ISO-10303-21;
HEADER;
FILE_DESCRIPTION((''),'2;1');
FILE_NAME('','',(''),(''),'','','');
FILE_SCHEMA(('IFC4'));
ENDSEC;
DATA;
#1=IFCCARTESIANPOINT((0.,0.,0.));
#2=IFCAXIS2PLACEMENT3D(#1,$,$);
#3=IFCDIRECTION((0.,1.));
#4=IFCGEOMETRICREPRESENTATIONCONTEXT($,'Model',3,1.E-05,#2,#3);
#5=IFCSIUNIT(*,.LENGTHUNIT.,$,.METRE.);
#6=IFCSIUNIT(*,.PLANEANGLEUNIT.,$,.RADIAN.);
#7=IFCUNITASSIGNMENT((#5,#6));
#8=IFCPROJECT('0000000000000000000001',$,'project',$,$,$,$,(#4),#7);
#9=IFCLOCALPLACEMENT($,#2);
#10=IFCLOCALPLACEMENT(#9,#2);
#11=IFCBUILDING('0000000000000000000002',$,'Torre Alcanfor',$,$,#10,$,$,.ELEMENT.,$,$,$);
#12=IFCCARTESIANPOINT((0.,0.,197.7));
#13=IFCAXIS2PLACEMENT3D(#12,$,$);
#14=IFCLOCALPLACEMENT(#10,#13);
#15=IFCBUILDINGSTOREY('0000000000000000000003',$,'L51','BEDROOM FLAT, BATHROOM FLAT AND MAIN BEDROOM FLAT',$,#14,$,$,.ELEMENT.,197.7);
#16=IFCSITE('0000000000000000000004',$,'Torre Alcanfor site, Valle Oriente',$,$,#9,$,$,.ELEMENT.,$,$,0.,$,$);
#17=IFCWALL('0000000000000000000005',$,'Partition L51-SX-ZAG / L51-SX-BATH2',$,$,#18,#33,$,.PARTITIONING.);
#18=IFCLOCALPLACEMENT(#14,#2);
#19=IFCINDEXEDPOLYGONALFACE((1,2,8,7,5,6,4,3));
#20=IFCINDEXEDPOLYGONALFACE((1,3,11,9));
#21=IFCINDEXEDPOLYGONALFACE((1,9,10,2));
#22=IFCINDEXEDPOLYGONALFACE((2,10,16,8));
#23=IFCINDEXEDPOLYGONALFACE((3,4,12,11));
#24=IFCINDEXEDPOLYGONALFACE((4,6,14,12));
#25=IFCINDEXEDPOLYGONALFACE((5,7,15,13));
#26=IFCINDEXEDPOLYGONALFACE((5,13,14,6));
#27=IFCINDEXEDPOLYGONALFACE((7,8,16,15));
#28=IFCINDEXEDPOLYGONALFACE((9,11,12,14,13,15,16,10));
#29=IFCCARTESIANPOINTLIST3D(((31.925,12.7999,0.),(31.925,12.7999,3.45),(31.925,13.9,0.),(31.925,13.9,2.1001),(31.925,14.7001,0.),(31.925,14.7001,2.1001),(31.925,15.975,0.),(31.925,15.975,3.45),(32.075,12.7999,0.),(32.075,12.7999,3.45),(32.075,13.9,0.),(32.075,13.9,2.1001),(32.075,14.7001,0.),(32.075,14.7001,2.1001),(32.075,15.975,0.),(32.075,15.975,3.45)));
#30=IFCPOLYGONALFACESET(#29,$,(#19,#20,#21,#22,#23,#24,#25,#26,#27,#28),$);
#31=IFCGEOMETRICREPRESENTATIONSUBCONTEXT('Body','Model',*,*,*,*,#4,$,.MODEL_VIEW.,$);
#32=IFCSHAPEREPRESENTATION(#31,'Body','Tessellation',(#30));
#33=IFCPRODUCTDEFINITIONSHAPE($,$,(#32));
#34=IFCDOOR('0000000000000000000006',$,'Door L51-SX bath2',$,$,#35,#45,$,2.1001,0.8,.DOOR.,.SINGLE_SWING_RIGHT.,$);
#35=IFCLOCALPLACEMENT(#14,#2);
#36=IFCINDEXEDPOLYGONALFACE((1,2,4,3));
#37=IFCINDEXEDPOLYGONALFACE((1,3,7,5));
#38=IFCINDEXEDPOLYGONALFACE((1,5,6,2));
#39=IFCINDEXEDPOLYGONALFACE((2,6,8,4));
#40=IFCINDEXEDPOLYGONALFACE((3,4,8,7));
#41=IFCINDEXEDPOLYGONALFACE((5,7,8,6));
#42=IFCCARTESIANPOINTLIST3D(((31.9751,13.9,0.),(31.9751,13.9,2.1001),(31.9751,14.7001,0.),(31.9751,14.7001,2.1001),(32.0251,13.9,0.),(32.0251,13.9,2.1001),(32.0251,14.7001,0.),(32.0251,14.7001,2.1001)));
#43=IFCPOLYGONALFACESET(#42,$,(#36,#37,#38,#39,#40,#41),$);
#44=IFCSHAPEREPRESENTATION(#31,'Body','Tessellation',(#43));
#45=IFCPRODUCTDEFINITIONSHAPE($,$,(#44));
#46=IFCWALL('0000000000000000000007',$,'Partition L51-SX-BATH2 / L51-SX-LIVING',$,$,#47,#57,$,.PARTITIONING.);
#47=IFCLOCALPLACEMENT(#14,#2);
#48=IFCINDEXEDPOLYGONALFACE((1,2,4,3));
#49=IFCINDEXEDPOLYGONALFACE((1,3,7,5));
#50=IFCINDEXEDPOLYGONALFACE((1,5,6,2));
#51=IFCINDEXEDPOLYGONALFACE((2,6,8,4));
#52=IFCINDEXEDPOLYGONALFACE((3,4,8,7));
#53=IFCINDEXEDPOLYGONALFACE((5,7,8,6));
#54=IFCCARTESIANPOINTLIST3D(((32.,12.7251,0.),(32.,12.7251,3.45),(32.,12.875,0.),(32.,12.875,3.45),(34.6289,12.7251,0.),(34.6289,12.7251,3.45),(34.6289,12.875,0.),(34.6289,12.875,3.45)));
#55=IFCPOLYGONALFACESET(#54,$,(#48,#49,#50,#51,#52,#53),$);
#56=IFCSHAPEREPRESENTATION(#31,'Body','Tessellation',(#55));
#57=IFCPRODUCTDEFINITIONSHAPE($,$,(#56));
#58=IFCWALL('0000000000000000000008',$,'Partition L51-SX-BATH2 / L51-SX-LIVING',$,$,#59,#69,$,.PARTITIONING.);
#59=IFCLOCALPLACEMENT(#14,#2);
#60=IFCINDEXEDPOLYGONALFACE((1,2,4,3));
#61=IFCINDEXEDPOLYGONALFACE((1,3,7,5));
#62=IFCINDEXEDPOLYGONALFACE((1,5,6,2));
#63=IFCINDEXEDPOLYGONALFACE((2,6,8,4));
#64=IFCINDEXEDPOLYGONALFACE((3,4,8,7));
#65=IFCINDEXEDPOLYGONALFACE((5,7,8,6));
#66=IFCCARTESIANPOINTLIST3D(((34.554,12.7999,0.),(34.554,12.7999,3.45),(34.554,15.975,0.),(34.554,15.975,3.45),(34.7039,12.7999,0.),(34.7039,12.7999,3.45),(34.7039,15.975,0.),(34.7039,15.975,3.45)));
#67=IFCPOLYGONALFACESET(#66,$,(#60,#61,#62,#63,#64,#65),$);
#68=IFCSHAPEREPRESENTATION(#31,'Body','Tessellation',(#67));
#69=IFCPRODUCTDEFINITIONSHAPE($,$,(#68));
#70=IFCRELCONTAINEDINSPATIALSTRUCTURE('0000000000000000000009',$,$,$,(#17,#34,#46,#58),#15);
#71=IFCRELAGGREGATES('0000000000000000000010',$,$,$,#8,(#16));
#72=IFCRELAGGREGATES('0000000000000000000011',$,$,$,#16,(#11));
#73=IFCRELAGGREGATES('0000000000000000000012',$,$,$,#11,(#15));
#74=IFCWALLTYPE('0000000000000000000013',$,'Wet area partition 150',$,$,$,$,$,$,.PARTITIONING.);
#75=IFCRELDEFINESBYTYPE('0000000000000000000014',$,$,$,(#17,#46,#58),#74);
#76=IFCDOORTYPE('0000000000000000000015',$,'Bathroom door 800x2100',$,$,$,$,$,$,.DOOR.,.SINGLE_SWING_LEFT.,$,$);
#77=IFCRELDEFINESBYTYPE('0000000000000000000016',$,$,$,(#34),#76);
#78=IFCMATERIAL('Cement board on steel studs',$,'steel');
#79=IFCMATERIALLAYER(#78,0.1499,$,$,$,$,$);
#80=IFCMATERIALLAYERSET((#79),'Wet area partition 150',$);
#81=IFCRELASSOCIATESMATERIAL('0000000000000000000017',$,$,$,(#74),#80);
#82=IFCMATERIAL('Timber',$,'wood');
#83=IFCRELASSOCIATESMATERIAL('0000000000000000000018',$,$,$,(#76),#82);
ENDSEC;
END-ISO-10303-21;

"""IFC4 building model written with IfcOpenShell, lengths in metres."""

from ifc_helpers import new_model, si_unit, direction, frame, frame_2d, origin, place, context, subcontext, project, spatial, rectangle, extrude, material, layer, layer_set, type_object, element, fill, save


model = new_model("IFC4")

# Units and contexts
model_context = context("Model", 3, precision=1e-05, world=origin(), true_north=direction((0.0, 1.0)))
body_context = subcontext(model_context, "Body", "Model", "MODEL_VIEW")
ifc_project = project(units=[si_unit("LENGTHUNIT", "METRE"), si_unit("PLANEANGLEUNIT", "RADIAN")], contexts=[model_context])

# Site, building, storey
site_placement = place(None, origin())
site = spatial("IfcSite", under=ifc_project, at=site_placement, Name="Torre Alcanfor site, Valle Oriente", CompositionType="ELEMENT", RefElevation=0.0)
building_placement = place(site_placement, origin())
building = spatial("IfcBuilding", under=site, at=building_placement, Name="Torre Alcanfor", CompositionType="ELEMENT")
storey_placement = place(building_placement, frame((0.0, 0.0, 197.7)))
storey = spatial("IfcBuildingStorey", under=building, at=storey_placement, Name="L51", Description="BEDROOM FLAT, BATHROOM FLAT AND MAIN BEDROOM FLAT", CompositionType="ELEMENT", Elevation=197.7)

# Wall, opening, door
ifc_material_1 = material(Name="Cement board on steel studs", Category="steel")
ifc_layer_1 = layer(ifc_material_1, 0.1499)
ifc_layer_set_1 = layer_set([ifc_layer_1], Name="Wet area partition 150")
wall_type_1 = type_object("IfcWallType", Name="Wet area partition 150", PredefinedType="PARTITIONING", material=ifc_layer_set_1)
wall_1_placement = place(storey_placement, frame((32.0, 12.8, 0.0), z_axis=(0.0, 0.0, 1.0), x_axis=(0.0, 1.0, 0.0)))
wall_1 = element("IfcWall", 1, at=wall_1_placement, inside=storey, type_object=wall_type_1, Name="Partition L51-SX-ZAG / L51-SX-BATH2", PredefinedType="PARTITIONING", context=body_context, shape_type="SweptSolid", body=[
    extrude(rectangle(XDim=3.175, YDim=0.1499, at=frame_2d((1.5874, 0.0))), origin(), (0.0, 0.0, 1.0), 3.45),
])
opening_1_placement = place(wall_1_placement, frame((1.1001, 0.0, 0.0)))
opening_1 = element("IfcOpeningElement", 2, at=opening_1_placement, cuts=wall_1, PredefinedType="OPENING", context=body_context, shape_type="SweptSolid", body=[
    extrude(rectangle(XDim=0.8, YDim=2.1001, at=frame_2d((0.3999, 1.05))), frame((0.0, 0.085, 0.0), z_axis=(0.0, -1.0, 0.0), x_axis=(1.0, 0.0, 0.0)), (0.0, 0.0, 1.0), 0.1699),
])
ifc_material_2 = material(Name="Timber", Category="wood")
door_type_1 = type_object("IfcDoorType", Name="Bathroom door 800x2100", OperationType="SINGLE_SWING_LEFT", PredefinedType="DOOR", material=ifc_material_2)
door_1_placement = place(opening_1_placement, frame((0.8, 0.0, 0.0), z_axis=(0.0, 0.0, 1.0), x_axis=(-1.0, 0.0, 0.0)))
door_1 = element("IfcDoor", 3, at=door_1_placement, inside=storey, type_object=door_type_1, Name="Door L51-SX bath2", OperationType="SINGLE_SWING_RIGHT", OverallHeight=2.1001, OverallWidth=0.8, PredefinedType="DOOR", context=body_context, shape_type="SweptSolid", body=[
    extrude(rectangle(XDim=0.8, YDim=2.1001, at=frame_2d((0.4001, 1.05))), frame((0.0, 0.0251, 0.0), z_axis=(0.0, -1.0, 0.0), x_axis=(1.0, 0.0, 0.0)), (0.0, 0.0, 1.0), 0.05),
])
fill(opening_1, door_1)

# Walls
wall_2_placement = place(storey_placement, frame((32.0, 12.8, 0.0), z_axis=(0.0, 0.0, 1.0), x_axis=(1.0, 0.0, 0.0)))
element("IfcWall", 4, at=wall_2_placement, inside=storey, type_object=wall_type_1, Name="Partition L51-SX-BATH2 / L51-SX-LIVING", PredefinedType="PARTITIONING", context=body_context, shape_type="SweptSolid", body=[
    extrude(rectangle(XDim=2.6289, YDim=0.1499, at=frame_2d((1.3145, 0.0))), origin(), (0.0, 0.0, 1.0), 3.45),
])
wall_3_placement = place(storey_placement, frame((34.6289, 12.8, 0.0), z_axis=(0.0, 0.0, 1.0), x_axis=(0.0, 1.0, 0.0)))
element("IfcWall", 5, at=wall_3_placement, inside=storey, type_object=wall_type_1, Name="Partition L51-SX-BATH2 / L51-SX-LIVING", PredefinedType="PARTITIONING", context=body_context, shape_type="SweptSolid", body=[
    extrude(rectangle(XDim=3.175, YDim=0.1499, at=frame_2d((1.5874, 0.0))), origin(), (0.0, 0.0, 1.0), 3.45),
])

save(model, "model.ifc")
